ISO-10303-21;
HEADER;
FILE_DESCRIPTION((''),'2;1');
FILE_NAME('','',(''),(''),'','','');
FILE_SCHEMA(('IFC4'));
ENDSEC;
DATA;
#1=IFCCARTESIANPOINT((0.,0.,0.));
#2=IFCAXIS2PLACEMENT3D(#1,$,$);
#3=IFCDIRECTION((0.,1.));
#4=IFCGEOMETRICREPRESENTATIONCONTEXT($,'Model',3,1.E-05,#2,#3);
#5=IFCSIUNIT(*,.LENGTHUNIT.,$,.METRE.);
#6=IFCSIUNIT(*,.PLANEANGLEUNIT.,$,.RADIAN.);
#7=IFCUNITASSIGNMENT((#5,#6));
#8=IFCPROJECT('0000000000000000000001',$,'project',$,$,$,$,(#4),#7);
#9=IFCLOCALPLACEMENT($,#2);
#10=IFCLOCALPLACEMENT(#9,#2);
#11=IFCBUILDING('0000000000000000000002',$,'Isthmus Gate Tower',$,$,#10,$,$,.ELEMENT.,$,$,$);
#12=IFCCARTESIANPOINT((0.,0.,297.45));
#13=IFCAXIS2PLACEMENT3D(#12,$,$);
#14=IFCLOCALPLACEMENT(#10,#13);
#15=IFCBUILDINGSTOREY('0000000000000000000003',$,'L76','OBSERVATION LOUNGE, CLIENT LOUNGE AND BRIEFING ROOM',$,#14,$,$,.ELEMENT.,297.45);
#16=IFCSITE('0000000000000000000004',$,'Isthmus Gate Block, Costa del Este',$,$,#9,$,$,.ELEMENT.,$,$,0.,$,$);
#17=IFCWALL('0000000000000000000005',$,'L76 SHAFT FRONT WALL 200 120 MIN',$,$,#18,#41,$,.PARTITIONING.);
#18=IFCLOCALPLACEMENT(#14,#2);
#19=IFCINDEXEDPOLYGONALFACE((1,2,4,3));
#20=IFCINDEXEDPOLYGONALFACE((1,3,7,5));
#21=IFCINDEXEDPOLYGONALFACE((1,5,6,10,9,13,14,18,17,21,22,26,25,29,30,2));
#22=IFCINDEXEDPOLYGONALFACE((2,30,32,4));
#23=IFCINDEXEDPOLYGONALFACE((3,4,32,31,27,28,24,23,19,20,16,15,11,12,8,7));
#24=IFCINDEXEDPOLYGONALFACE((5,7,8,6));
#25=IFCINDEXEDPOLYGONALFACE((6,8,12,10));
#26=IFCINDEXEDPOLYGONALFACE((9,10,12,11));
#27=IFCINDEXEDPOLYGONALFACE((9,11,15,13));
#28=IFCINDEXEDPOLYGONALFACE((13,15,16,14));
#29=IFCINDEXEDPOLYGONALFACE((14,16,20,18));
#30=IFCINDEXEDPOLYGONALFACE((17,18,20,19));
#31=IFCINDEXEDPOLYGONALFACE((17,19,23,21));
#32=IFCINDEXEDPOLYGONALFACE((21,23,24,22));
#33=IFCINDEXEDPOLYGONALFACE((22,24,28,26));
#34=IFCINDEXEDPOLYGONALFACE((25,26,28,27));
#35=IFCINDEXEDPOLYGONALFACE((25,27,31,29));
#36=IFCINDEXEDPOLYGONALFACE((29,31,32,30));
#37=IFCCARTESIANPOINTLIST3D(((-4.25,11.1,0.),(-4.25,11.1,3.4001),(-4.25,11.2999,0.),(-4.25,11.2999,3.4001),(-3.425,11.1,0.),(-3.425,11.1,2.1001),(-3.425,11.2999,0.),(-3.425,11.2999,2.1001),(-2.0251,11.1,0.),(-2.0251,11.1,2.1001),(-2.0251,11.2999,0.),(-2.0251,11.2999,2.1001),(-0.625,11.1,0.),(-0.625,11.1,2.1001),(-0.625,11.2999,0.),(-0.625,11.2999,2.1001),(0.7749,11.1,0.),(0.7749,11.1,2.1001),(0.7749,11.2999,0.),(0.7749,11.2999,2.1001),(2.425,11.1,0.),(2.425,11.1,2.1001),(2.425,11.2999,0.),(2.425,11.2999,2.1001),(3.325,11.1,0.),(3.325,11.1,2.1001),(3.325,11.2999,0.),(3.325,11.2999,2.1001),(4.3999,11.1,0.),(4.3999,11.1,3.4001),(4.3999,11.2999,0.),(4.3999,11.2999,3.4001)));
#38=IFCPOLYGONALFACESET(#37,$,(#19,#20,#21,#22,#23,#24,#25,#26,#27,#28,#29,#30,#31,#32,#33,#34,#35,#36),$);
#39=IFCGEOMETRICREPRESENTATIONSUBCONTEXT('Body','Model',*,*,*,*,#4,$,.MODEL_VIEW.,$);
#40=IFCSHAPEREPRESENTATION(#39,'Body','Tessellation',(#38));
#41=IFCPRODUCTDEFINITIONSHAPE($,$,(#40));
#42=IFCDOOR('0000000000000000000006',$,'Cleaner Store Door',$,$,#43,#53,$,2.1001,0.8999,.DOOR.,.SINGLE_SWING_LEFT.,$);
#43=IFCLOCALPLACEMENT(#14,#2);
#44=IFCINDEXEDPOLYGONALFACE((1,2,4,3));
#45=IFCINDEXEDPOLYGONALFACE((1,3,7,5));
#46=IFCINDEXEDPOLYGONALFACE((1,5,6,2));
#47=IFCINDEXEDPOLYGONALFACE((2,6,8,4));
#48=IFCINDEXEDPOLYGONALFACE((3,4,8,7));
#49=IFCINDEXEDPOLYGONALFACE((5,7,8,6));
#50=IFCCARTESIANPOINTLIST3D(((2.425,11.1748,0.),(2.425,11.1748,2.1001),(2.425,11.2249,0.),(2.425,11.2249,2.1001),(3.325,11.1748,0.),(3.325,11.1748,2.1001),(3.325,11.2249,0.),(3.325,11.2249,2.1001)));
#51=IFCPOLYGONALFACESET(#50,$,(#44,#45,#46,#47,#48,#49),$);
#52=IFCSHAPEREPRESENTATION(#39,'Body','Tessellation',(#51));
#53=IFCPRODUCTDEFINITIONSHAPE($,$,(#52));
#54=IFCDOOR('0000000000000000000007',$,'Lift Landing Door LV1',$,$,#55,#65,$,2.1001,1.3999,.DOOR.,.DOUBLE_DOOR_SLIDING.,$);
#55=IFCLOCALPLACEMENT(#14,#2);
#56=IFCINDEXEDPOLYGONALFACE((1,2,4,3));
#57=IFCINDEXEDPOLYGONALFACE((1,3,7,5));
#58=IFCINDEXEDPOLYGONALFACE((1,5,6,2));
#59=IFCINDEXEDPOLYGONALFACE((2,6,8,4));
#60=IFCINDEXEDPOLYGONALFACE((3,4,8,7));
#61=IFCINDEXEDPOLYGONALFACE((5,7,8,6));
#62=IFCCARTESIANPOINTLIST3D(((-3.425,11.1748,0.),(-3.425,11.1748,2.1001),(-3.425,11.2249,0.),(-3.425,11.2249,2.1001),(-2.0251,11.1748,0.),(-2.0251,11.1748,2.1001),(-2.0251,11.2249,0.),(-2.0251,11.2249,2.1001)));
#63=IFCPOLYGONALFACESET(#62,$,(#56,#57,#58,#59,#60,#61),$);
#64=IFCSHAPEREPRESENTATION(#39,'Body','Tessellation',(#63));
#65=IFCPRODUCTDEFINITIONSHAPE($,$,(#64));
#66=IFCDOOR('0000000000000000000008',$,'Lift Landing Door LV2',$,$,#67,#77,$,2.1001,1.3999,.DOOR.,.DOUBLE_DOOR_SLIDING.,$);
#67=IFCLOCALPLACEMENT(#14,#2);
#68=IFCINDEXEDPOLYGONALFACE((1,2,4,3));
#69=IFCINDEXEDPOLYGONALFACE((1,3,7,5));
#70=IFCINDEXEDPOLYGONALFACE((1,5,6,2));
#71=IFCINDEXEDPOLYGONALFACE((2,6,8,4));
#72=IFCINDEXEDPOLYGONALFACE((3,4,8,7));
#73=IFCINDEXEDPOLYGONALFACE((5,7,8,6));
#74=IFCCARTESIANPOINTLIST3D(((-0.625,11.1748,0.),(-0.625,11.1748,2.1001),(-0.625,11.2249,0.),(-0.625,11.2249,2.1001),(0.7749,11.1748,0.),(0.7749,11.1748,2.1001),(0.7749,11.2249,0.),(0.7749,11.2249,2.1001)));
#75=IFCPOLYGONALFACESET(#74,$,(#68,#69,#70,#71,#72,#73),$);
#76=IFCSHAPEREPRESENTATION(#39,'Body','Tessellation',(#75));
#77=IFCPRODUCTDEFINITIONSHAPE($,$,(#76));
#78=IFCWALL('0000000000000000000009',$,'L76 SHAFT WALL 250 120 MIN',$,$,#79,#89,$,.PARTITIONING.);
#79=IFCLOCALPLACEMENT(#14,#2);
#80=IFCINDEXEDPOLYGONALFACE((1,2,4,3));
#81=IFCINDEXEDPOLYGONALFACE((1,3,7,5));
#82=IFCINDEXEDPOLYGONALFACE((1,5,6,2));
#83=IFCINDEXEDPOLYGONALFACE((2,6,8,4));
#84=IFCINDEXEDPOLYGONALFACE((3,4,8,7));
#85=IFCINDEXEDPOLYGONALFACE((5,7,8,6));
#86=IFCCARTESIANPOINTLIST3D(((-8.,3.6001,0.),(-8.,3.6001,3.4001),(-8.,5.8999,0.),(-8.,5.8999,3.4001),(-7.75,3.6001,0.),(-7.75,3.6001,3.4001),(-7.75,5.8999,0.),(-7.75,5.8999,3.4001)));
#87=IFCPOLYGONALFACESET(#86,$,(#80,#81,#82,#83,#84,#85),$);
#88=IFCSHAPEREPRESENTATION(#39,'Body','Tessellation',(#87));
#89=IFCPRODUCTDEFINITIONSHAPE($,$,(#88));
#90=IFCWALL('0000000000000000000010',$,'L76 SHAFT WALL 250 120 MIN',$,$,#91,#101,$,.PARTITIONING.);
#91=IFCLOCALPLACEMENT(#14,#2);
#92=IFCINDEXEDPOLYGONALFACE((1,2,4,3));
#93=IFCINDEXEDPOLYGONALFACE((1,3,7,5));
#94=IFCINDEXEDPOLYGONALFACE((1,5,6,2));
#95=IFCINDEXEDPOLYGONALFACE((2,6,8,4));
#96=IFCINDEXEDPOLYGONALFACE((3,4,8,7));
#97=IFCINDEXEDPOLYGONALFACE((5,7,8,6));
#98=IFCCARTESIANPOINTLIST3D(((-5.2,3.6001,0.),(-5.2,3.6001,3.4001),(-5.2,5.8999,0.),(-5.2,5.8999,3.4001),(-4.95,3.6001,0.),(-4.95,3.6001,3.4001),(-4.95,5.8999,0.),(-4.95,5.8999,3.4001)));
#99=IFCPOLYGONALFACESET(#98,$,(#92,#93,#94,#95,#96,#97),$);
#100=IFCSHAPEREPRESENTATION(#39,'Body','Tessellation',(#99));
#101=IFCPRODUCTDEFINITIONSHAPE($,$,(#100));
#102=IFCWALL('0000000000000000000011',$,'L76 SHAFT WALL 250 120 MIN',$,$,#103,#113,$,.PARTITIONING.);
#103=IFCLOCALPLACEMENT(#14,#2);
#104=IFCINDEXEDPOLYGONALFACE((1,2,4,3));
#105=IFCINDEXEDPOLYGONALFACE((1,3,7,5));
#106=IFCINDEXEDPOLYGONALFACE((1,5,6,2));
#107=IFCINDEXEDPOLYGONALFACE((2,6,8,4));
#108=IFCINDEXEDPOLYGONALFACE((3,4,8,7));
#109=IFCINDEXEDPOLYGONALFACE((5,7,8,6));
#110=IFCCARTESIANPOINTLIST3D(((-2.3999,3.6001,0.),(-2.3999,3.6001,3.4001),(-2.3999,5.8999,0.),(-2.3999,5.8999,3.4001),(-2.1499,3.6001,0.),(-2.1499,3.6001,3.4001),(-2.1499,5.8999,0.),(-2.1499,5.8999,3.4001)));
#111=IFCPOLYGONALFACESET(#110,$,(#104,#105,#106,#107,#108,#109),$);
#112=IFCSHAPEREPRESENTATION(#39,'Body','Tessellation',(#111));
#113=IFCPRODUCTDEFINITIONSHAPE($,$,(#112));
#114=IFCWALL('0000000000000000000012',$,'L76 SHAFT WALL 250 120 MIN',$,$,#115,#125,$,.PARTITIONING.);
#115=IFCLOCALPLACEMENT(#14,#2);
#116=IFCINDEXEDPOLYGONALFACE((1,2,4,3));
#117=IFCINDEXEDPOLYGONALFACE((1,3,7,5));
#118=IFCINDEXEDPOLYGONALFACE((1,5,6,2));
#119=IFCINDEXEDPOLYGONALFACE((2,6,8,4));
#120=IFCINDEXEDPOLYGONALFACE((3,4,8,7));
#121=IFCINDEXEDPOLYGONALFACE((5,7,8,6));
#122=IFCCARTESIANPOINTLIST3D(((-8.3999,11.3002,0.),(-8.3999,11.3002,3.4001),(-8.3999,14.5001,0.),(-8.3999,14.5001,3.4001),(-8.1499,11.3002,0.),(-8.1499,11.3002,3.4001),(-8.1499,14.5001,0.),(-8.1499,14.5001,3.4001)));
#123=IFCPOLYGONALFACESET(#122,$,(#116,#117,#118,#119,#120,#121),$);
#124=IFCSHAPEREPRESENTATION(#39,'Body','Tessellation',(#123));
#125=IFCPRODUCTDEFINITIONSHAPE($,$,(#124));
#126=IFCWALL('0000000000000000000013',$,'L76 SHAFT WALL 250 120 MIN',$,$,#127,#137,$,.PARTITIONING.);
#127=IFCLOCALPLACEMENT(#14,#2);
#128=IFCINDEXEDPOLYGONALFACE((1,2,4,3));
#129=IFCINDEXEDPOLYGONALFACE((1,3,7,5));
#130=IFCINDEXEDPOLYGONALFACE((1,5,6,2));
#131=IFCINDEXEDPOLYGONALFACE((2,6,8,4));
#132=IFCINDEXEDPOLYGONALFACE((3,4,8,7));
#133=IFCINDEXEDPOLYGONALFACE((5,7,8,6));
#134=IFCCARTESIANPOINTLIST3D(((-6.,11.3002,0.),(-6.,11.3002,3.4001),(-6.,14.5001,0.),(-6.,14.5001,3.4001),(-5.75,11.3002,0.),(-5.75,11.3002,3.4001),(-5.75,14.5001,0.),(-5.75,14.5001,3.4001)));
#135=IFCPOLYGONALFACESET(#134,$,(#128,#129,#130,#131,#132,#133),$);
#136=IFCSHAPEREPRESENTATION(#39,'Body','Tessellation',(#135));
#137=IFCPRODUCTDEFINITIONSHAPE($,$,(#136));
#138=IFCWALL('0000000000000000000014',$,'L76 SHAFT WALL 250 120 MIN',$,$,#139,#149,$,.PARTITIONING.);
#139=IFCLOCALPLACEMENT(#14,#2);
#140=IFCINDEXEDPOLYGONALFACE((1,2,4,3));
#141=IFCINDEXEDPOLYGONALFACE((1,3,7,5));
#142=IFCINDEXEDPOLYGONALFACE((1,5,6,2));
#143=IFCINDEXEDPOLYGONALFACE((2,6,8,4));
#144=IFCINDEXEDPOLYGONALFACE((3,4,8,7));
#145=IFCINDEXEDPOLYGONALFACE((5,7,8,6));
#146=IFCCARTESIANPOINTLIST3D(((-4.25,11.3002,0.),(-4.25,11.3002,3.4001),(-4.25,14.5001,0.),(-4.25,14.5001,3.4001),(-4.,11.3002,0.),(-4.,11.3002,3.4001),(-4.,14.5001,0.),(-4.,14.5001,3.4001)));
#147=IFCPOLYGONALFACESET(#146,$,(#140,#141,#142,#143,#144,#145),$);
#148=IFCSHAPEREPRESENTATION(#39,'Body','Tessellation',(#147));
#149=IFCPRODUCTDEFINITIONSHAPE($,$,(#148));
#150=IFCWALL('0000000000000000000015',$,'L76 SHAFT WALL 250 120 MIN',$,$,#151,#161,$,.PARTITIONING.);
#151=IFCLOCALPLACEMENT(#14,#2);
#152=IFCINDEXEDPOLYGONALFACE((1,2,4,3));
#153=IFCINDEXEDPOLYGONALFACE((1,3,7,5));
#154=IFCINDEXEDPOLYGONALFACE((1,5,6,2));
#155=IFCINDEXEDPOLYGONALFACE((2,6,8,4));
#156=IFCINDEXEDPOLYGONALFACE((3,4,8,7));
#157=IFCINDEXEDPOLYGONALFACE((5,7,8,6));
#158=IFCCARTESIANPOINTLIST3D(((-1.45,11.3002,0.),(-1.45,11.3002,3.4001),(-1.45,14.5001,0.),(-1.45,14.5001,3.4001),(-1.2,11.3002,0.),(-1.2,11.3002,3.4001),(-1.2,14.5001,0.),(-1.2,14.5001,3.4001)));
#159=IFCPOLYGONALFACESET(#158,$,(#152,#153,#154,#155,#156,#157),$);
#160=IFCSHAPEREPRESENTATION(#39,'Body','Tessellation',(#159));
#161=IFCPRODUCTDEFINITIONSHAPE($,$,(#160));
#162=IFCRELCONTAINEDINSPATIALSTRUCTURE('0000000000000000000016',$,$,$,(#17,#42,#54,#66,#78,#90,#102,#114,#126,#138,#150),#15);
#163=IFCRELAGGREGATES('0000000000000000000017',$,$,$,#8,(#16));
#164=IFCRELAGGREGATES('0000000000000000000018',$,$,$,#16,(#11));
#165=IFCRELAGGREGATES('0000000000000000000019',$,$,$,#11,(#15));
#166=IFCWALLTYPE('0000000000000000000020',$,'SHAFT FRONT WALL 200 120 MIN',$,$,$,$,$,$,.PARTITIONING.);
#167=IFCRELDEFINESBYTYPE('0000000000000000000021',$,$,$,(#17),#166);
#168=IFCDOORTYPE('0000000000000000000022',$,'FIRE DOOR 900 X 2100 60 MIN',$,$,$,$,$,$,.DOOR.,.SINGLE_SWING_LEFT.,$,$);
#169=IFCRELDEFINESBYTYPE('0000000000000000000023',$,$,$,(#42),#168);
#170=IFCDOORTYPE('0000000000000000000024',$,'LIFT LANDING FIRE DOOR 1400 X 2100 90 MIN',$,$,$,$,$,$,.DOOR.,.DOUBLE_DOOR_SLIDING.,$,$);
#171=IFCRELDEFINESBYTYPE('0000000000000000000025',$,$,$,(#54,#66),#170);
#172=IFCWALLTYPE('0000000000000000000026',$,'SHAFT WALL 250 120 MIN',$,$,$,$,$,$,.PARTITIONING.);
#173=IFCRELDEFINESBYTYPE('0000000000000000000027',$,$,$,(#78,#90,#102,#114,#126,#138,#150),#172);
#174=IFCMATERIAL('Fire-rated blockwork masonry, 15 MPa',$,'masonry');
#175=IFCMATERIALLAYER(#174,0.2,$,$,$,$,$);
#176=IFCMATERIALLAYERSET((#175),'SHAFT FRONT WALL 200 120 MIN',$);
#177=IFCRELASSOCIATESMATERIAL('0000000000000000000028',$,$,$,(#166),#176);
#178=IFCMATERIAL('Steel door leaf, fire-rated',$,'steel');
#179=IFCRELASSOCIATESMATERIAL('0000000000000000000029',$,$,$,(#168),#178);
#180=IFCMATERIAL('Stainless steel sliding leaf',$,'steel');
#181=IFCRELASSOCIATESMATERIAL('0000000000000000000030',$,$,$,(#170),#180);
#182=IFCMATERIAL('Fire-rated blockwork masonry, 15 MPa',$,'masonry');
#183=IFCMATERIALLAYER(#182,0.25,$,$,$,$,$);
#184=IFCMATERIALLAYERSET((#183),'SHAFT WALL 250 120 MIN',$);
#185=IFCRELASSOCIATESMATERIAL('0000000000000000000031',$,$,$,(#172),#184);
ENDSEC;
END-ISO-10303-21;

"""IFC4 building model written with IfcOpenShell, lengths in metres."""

from ifc_helpers import new_model, si_unit, direction, frame, frame_2d, origin, place, context, subcontext, project, spatial, rectangle, extrude, material, layer, layer_set, type_object, element, fill, save


model = new_model("IFC4")

# Units and contexts
model_context = context("Model", 3, precision=1e-05, world=origin(), true_north=direction((0.0, 1.0)))
body_context = subcontext(model_context, "Body", "Model", "MODEL_VIEW")
ifc_project = project(units=[si_unit("LENGTHUNIT", "METRE"), si_unit("PLANEANGLEUNIT", "RADIAN")], contexts=[model_context])

# Site, building, storey
site_placement = place(None, origin())
site = spatial("IfcSite", under=ifc_project, at=site_placement, Name="Isthmus Gate Block, Costa del Este", CompositionType="ELEMENT", RefElevation=0.0)
building_placement = place(site_placement, origin())
building = spatial("IfcBuilding", under=site, at=building_placement, Name="Isthmus Gate Tower", CompositionType="ELEMENT")
storey_placement = place(building_placement, frame((0.0, 0.0, 297.45)))
storey = spatial("IfcBuildingStorey", under=building, at=storey_placement, Name="L76", Description="OBSERVATION LOUNGE, CLIENT LOUNGE AND BRIEFING ROOM", CompositionType="ELEMENT", Elevation=297.45)

# Wall, openings, doors
ifc_material_1 = material(Name="Fire-rated blockwork masonry, 15 MPa", Category="masonry")
ifc_layer_1 = layer(ifc_material_1, 0.2)
ifc_layer_set_1 = layer_set([ifc_layer_1], Name="SHAFT FRONT WALL 200 120 MIN")
wall_type_1 = type_object("IfcWallType", Name="SHAFT FRONT WALL 200 120 MIN", PredefinedType="PARTITIONING", material=ifc_layer_set_1)
wall_1_placement = place(storey_placement, frame((-4.25, 11.2, 0.0), z_axis=(0.0, 0.0, 1.0), x_axis=(1.0, 0.0, 0.0)))
wall_1 = element("IfcWall", 1, at=wall_1_placement, inside=storey, type_object=wall_type_1, Name="L76 SHAFT FRONT WALL 200 120 MIN", PredefinedType="PARTITIONING", context=body_context, shape_type="SweptSolid", body=[
    extrude(rectangle(XDim=8.6499, YDim=0.2, at=frame_2d((4.325, 0.0))), origin(), (0.0, 0.0, 1.0), 3.4001),
])
opening_1_placement = place(wall_1_placement, frame((0.825, 0.0, 0.0)))
opening_1 = element("IfcOpeningElement", 2, at=opening_1_placement, cuts=wall_1, PredefinedType="OPENING", context=body_context, shape_type="SweptSolid", body=[
    extrude(rectangle(XDim=1.3999, YDim=2.1001, at=frame_2d((0.7, 1.05))), frame((0.0, 0.1099, 0.0), z_axis=(0.0, -1.0, 0.0), x_axis=(1.0, 0.0, 0.0)), (0.0, 0.0, 1.0), 0.22),
])
opening_2_placement = place(wall_1_placement, frame((3.625, 0.0, 0.0)))
opening_2 = element("IfcOpeningElement", 3, at=opening_2_placement, cuts=wall_1, PredefinedType="OPENING", context=body_context, shape_type="SweptSolid", body=[
    extrude(rectangle(XDim=1.3999, YDim=2.1001, at=frame_2d((0.7, 1.05))), frame((0.0, 0.1099, 0.0), z_axis=(0.0, -1.0, 0.0), x_axis=(1.0, 0.0, 0.0)), (0.0, 0.0, 1.0), 0.22),
])
opening_3_placement = place(wall_1_placement, frame((6.675, 0.0, 0.0)))
opening_3 = element("IfcOpeningElement", 4, at=opening_3_placement, cuts=wall_1, PredefinedType="OPENING", context=body_context, shape_type="SweptSolid", body=[
    extrude(rectangle(XDim=0.8999, YDim=2.1001, at=frame_2d((0.45, 1.05))), frame((0.0, 0.1099, 0.0), z_axis=(0.0, -1.0, 0.0), x_axis=(1.0, 0.0, 0.0)), (0.0, 0.0, 1.0), 0.22),
])
ifc_material_2 = material(Name="Steel door leaf, fire-rated", Category="steel")
door_type_1 = type_object("IfcDoorType", Name="FIRE DOOR 900 X 2100 60 MIN", OperationType="SINGLE_SWING_LEFT", PredefinedType="DOOR", material=ifc_material_2)
door_1_placement = place(opening_3_placement, origin())
door_1 = element("IfcDoor", 5, at=door_1_placement, inside=storey, type_object=door_type_1, Name="Cleaner Store Door", OperationType="SINGLE_SWING_LEFT", OverallHeight=2.1001, OverallWidth=0.8999, PredefinedType="DOOR", context=body_context, shape_type="SweptSolid", body=[
    extrude(rectangle(XDim=0.8999, YDim=2.1001, at=frame_2d((0.45, 1.05))), frame((0.0, 0.0249, 0.0), z_axis=(0.0, -1.0, 0.0), x_axis=(1.0, 0.0, 0.0)), (0.0, 0.0, 1.0), 0.05),
])
fill(opening_3, door_1)
ifc_material_3 = material(Name="Stainless steel sliding leaf", Category="steel")
door_type_2 = type_object("IfcDoorType", Name="LIFT LANDING FIRE DOOR 1400 X 2100 90 MIN", OperationType="DOUBLE_DOOR_SLIDING", PredefinedType="DOOR", material=ifc_material_3)
door_2_placement = place(opening_1_placement, origin())
door_2 = element("IfcDoor", 6, at=door_2_placement, inside=storey, type_object=door_type_2, Name="Lift Landing Door LV1", OperationType="DOUBLE_DOOR_SLIDING", OverallHeight=2.1001, OverallWidth=1.3999, PredefinedType="DOOR", context=body_context, shape_type="SweptSolid", body=[
    extrude(rectangle(XDim=1.3999, YDim=2.1001, at=frame_2d((0.7, 1.05))), frame((0.0, 0.0249, 0.0), z_axis=(0.0, -1.0, 0.0), x_axis=(1.0, 0.0, 0.0)), (0.0, 0.0, 1.0), 0.05),
])
fill(opening_1, door_2)
door_3_placement = place(opening_2_placement, origin())
door_3 = element("IfcDoor", 7, at=door_3_placement, inside=storey, type_object=door_type_2, Name="Lift Landing Door LV2", OperationType="DOUBLE_DOOR_SLIDING", OverallHeight=2.1001, OverallWidth=1.3999, PredefinedType="DOOR", context=body_context, shape_type="SweptSolid", body=[
    extrude(rectangle(XDim=1.3999, YDim=2.1001, at=frame_2d((0.7, 1.05))), frame((0.0, 0.0249, 0.0), z_axis=(0.0, -1.0, 0.0), x_axis=(1.0, 0.0, 0.0)), (0.0, 0.0, 1.0), 0.05),
])
fill(opening_2, door_3)

# Walls
ifc_material_4 = material(Name="Fire-rated blockwork masonry, 15 MPa", Category="masonry")
ifc_layer_2 = layer(ifc_material_4, 0.25)
ifc_layer_set_2 = layer_set([ifc_layer_2], Name="SHAFT WALL 250 120 MIN")
wall_type_2 = type_object("IfcWallType", Name="SHAFT WALL 250 120 MIN", PredefinedType="PARTITIONING", material=ifc_layer_set_2)
for number, where, z_axis, x_axis, name in (
    (8, (-7.875, 3.6001, 0.0), (0.0, 0.0, 1.0), (0.0, 1.0, 0.0), "L76 SHAFT WALL 250 120 MIN"),
    (9, (-5.075, 3.6001, 0.0), (0.0, 0.0, 1.0), (0.0, 1.0, 0.0), "L76 SHAFT WALL 250 120 MIN"),
    (10, (-2.2749, 3.6001, 0.0), (0.0, 0.0, 1.0), (0.0, 1.0, 0.0), "L76 SHAFT WALL 250 120 MIN"),
):
    element("IfcWall", number, at=place(storey_placement, frame(where, z_axis=z_axis, x_axis=x_axis)), inside=storey, type_object=wall_type_2, Name=name, PredefinedType="PARTITIONING", context=body_context, shape_type="SweptSolid", body=[
        extrude(rectangle(XDim=2.2998, YDim=0.25, at=frame_2d((1.1499, 0.0))), origin(), (0.0, 0.0, 1.0), 3.4001),
    ])
for number, where, z_axis, x_axis, name in (
    (11, (-8.2749, 11.3, 0.0), (0.0, 0.0, 1.0), (0.0, 1.0, 0.0), "L76 SHAFT WALL 250 120 MIN"),
    (12, (-5.875, 11.3, 0.0), (0.0, 0.0, 1.0), (0.0, 1.0, 0.0), "L76 SHAFT WALL 250 120 MIN"),
    (13, (-4.125, 11.3, 0.0), (0.0, 0.0, 1.0), (0.0, 1.0, 0.0), "L76 SHAFT WALL 250 120 MIN"),
    (14, (-1.325, 11.3, 0.0), (0.0, 0.0, 1.0), (0.0, 1.0, 0.0), "L76 SHAFT WALL 250 120 MIN"),
):
    element("IfcWall", number, at=place(storey_placement, frame(where, z_axis=z_axis, x_axis=x_axis)), inside=storey, type_object=wall_type_2, Name=name, PredefinedType="PARTITIONING", context=body_context, shape_type="SweptSolid", body=[
        extrude(rectangle(XDim=3.2, YDim=0.25, at=frame_2d((1.6001, 0.0))), origin(), (0.0, 0.0, 1.0), 3.4001),
    ])

save(model, "model.ifc")
